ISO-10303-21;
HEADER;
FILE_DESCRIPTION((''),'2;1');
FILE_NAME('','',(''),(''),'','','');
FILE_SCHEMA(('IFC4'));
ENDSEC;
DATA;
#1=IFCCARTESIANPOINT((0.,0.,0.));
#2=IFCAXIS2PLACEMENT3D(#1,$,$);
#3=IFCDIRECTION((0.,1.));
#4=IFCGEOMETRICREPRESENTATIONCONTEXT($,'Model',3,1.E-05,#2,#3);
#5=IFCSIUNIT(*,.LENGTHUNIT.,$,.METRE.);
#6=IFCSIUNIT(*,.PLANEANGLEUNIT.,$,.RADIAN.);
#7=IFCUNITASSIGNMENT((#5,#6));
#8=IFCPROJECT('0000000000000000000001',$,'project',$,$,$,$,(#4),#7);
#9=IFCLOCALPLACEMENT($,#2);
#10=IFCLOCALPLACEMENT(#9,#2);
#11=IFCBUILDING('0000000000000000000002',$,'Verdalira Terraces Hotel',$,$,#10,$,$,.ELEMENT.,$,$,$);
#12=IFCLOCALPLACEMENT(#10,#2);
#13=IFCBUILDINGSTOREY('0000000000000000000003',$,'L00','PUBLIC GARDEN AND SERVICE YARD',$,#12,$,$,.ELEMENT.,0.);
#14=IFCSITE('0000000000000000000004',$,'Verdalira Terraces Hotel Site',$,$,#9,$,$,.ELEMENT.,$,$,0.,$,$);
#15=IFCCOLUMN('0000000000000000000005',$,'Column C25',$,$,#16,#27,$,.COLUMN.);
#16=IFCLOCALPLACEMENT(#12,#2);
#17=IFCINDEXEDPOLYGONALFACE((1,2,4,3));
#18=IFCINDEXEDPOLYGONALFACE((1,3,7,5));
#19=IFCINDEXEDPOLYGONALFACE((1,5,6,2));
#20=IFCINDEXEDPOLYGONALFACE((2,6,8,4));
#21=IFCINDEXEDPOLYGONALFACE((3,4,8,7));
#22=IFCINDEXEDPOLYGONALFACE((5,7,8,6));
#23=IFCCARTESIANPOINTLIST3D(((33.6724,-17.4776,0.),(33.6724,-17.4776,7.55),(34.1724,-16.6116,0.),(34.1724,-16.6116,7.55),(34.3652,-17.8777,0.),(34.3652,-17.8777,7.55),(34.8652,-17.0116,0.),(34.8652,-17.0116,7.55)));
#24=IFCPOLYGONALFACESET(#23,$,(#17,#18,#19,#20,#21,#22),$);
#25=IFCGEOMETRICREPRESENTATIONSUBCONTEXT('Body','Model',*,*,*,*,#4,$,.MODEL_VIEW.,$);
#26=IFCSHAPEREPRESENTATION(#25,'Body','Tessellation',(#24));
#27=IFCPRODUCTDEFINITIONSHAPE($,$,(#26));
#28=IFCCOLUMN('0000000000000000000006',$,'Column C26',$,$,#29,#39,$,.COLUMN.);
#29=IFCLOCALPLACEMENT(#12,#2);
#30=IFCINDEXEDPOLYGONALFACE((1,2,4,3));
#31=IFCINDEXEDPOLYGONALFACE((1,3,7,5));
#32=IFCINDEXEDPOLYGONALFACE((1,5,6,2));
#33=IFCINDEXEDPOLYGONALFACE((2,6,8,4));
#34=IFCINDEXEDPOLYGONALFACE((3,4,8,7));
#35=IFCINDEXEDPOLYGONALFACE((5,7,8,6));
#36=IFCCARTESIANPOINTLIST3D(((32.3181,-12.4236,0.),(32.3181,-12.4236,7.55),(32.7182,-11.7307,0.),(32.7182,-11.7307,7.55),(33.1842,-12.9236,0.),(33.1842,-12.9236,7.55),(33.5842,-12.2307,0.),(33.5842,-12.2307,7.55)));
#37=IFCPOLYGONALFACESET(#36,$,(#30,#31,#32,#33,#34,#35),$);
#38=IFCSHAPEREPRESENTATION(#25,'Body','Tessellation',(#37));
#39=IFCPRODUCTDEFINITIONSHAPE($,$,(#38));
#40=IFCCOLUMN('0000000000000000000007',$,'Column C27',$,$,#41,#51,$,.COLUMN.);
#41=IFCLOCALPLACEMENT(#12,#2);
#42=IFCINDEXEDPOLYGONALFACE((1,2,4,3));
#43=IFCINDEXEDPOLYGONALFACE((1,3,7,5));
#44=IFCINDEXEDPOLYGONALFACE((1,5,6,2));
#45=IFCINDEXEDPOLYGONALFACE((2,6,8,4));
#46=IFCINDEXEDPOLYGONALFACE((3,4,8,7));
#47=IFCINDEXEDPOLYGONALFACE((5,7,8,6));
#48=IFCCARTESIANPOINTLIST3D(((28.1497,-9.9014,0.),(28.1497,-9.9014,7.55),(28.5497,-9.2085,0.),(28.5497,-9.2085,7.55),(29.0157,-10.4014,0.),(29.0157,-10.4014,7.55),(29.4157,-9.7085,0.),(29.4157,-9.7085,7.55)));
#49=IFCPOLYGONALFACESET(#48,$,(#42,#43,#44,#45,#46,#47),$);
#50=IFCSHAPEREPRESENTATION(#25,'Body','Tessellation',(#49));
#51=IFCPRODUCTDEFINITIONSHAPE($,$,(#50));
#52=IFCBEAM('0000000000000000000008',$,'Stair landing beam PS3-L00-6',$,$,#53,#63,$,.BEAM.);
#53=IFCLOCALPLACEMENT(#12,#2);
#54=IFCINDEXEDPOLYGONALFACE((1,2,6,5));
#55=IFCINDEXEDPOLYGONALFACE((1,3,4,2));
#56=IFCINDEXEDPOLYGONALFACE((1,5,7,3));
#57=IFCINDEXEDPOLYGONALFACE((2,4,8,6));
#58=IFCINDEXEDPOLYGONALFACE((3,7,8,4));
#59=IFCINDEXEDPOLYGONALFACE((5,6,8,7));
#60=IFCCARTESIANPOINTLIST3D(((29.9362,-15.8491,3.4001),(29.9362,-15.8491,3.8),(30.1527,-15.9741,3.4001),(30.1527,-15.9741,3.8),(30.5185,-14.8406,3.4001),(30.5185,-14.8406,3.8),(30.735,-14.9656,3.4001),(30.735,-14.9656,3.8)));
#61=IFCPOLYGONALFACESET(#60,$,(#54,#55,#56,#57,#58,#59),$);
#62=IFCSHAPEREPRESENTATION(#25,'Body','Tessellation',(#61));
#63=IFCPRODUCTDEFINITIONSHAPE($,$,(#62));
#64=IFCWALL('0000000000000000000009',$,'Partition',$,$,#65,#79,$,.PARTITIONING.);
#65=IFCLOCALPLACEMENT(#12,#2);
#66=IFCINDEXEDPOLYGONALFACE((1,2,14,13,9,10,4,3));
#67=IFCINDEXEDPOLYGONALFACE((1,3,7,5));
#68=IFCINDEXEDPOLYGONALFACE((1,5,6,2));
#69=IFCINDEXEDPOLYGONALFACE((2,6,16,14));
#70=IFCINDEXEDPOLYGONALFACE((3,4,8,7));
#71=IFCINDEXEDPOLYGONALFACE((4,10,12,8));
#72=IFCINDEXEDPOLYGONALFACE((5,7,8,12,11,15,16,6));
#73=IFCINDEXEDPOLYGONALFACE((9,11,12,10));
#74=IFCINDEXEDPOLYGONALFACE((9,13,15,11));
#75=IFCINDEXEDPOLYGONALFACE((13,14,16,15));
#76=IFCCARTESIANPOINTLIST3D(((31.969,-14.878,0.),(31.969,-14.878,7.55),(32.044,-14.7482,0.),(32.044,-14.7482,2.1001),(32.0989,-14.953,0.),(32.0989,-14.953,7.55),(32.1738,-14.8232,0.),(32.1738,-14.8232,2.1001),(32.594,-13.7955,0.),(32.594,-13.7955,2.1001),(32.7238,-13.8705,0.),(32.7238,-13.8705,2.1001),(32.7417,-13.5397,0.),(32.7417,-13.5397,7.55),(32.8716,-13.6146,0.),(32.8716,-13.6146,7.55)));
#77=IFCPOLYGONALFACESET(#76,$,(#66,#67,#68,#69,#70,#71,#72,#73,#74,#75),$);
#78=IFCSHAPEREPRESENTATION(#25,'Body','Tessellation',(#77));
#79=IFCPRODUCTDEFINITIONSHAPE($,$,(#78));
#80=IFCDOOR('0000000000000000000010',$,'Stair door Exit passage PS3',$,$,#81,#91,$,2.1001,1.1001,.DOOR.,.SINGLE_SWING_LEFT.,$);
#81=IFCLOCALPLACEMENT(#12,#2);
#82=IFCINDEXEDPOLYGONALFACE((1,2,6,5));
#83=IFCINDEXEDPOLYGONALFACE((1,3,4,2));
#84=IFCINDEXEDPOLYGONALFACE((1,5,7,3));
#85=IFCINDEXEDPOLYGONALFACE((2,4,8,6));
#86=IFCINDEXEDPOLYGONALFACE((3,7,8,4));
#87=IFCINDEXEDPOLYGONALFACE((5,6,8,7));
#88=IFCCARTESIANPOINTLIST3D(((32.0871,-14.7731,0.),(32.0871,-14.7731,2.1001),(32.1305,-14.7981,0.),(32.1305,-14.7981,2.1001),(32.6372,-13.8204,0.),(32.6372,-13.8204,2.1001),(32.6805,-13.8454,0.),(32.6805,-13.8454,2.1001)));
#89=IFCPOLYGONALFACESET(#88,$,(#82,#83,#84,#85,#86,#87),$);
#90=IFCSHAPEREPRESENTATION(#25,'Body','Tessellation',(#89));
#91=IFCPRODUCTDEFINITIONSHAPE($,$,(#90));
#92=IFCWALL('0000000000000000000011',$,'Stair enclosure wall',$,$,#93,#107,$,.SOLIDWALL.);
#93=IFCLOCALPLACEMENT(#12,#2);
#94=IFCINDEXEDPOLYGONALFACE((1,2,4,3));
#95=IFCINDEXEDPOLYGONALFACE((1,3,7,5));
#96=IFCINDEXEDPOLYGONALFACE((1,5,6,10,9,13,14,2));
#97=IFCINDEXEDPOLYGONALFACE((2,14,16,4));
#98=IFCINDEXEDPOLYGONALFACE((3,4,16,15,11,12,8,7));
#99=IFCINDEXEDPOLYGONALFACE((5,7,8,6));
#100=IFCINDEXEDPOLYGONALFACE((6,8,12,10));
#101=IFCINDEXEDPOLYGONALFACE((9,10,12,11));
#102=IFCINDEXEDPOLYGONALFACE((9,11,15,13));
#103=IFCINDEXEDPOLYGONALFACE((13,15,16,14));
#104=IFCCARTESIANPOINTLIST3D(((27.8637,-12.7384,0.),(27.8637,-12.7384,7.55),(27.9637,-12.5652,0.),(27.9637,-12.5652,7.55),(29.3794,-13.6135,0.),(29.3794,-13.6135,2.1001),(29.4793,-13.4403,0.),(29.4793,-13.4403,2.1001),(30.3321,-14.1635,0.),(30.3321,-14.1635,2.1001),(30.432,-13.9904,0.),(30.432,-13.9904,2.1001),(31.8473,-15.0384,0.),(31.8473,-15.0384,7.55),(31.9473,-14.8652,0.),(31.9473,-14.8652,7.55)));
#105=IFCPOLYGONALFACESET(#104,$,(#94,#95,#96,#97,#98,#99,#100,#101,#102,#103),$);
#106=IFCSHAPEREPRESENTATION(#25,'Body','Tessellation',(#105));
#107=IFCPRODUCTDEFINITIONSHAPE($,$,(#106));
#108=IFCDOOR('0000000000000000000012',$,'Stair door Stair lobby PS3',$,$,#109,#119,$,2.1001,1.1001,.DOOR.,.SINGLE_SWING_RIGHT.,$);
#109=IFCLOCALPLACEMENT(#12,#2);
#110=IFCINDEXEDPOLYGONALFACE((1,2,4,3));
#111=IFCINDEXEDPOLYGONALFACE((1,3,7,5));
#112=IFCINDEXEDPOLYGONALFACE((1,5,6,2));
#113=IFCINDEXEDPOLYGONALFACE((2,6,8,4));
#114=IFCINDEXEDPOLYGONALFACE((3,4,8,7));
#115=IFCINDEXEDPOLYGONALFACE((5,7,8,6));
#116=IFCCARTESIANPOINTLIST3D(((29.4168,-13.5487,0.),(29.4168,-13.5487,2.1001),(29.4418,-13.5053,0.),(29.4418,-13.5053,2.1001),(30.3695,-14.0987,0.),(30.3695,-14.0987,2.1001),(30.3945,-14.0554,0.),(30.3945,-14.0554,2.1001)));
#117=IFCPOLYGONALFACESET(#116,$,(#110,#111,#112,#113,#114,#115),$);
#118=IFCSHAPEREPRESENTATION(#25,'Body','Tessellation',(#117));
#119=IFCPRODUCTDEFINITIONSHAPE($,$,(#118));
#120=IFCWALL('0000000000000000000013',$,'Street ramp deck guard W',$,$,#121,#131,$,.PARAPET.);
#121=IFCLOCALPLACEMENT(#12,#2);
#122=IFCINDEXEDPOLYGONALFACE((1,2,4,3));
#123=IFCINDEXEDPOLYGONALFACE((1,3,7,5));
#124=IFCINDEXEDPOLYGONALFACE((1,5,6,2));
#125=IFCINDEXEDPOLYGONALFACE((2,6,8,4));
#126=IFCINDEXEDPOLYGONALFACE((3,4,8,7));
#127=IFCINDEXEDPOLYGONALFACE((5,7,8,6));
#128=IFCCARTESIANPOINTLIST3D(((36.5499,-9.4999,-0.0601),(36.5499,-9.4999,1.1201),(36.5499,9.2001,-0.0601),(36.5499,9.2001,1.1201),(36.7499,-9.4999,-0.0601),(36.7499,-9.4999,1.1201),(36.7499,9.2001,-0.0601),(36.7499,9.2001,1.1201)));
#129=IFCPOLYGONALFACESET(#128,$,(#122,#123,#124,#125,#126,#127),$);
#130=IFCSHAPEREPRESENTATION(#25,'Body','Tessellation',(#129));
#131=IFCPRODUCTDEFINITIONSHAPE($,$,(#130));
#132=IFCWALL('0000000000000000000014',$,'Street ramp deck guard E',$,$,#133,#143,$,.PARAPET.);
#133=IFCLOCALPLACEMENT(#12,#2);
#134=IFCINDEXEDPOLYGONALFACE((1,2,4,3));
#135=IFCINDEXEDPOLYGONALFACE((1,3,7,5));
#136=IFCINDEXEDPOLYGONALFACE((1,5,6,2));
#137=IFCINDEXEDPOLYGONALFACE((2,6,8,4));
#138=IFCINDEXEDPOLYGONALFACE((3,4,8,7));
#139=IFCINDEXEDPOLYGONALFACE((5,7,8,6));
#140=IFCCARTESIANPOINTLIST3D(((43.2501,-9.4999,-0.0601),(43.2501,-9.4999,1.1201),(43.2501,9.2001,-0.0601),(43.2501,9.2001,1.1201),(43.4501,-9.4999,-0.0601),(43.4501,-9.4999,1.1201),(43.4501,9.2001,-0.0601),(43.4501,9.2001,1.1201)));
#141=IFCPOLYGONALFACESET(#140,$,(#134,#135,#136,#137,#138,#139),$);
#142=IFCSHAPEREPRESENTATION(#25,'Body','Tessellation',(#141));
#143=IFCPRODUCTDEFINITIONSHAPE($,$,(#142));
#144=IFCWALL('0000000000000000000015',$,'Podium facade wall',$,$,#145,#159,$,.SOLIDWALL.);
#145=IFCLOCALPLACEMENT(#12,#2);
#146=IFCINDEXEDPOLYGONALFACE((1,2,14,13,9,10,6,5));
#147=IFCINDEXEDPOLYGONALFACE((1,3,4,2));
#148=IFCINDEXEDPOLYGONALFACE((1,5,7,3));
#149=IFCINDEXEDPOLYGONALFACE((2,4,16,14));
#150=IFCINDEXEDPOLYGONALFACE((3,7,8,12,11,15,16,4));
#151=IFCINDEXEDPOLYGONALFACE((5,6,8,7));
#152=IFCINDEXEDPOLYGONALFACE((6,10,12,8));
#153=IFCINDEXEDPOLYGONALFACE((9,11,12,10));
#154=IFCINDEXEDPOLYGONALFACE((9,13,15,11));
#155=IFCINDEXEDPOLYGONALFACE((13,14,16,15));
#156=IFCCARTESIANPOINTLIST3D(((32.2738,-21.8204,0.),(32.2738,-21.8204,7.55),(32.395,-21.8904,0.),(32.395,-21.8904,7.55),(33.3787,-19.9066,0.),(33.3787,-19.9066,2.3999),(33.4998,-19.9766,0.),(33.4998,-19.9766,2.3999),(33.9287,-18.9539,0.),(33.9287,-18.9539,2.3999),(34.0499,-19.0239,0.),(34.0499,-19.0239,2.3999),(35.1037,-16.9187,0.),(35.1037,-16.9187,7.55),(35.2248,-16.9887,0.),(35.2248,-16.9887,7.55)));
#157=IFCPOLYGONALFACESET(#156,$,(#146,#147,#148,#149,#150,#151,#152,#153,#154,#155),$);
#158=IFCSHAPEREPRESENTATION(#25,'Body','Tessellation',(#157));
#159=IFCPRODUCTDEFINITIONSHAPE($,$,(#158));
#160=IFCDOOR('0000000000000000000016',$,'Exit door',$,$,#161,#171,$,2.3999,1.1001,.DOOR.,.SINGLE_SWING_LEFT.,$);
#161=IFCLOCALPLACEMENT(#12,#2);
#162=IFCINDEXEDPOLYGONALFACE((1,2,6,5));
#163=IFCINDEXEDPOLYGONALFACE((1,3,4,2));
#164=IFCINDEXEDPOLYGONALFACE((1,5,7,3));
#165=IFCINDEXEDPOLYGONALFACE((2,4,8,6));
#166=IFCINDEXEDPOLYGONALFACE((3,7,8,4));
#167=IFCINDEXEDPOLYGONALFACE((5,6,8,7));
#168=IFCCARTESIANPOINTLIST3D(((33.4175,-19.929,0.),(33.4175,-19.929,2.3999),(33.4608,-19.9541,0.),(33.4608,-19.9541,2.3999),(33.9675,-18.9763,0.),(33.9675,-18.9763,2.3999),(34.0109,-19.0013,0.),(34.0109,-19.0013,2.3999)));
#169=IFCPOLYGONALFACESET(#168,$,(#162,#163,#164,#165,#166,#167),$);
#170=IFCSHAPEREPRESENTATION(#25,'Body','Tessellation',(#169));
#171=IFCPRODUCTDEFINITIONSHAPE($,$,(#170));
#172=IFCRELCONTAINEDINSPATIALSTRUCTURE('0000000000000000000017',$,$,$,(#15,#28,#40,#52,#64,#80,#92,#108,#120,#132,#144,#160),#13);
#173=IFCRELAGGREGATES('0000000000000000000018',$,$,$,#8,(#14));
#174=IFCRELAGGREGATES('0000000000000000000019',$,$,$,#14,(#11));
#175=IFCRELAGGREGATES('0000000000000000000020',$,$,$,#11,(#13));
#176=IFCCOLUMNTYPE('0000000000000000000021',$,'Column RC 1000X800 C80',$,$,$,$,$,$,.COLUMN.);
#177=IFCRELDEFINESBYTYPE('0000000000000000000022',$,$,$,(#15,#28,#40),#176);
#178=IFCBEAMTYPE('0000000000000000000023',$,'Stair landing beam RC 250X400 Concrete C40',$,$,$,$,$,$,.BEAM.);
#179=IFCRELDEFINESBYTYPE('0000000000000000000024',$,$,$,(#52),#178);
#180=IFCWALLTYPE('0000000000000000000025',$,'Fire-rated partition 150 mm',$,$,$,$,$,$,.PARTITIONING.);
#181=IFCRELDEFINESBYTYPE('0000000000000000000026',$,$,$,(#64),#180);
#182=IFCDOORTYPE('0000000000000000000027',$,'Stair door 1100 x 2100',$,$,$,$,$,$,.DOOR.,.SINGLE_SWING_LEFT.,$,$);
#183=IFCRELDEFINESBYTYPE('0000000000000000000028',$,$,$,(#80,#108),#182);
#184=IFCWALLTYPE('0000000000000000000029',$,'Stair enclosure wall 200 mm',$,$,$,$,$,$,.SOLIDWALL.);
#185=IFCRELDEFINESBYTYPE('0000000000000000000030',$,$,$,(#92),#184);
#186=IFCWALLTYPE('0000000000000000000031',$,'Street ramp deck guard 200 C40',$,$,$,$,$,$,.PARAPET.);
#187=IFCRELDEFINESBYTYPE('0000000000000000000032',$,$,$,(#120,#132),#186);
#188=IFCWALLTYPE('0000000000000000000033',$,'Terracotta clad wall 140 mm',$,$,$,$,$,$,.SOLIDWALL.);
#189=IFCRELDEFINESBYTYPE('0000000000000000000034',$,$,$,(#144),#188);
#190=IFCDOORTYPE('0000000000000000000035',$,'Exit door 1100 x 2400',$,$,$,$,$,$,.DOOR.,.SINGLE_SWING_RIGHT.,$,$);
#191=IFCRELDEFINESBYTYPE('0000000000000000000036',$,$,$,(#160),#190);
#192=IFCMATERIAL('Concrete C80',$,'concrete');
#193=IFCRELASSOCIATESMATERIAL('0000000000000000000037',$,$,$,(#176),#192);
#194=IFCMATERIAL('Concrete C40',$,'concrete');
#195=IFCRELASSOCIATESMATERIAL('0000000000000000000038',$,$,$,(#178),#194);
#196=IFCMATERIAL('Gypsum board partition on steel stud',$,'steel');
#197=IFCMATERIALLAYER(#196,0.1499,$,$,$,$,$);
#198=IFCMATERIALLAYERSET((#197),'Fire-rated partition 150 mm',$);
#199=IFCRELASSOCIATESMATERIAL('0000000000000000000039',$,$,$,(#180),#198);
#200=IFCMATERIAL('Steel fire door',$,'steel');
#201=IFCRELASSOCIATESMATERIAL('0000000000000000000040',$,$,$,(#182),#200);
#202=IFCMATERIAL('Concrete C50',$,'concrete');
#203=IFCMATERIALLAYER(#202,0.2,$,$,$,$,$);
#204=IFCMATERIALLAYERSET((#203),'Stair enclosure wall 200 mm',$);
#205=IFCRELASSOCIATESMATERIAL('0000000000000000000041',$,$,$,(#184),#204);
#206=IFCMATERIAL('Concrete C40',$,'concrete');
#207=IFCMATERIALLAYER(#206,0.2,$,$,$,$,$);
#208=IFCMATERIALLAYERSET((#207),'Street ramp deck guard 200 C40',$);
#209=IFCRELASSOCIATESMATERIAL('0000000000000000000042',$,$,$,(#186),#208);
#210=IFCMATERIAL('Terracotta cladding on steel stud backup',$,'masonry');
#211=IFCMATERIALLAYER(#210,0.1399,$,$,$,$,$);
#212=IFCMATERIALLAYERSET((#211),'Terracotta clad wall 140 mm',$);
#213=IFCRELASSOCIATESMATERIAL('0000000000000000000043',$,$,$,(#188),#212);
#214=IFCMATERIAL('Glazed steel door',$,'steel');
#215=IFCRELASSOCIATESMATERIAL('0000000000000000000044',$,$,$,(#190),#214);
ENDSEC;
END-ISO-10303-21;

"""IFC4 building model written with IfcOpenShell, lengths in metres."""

from ifc_helpers import new_model, si_unit, direction, frame, frame_2d, origin, origin_2d, place, context, subcontext, project, spatial, rectangle, extrude, material, layer, layer_set, material_profile, profile_set, type_object, element, fill, save


model = new_model("IFC4")

# Units and contexts
model_context = context("Model", 3, precision=1e-05, world=origin(), true_north=direction((0.0, 1.0)))
body_context = subcontext(model_context, "Body", "Model", "MODEL_VIEW")
ifc_project = project(units=[si_unit("LENGTHUNIT", "METRE"), si_unit("PLANEANGLEUNIT", "RADIAN")], contexts=[model_context])

# Site, building, storey
site_placement = place(None, origin())
site = spatial("IfcSite", under=ifc_project, at=site_placement, Name="Verdalira Terraces Hotel Site", CompositionType="ELEMENT", RefElevation=0.0)
building_placement = place(site_placement, origin())
building = spatial("IfcBuilding", under=site, at=building_placement, Name="Verdalira Terraces Hotel", CompositionType="ELEMENT")
storey_placement = place(building_placement, origin())
storey = spatial("IfcBuildingStorey", under=building, at=storey_placement, Name="L00", Description="PUBLIC GARDEN AND SERVICE YARD", CompositionType="ELEMENT", Elevation=0.0)

# Columns
ifc_material_1 = material(Name="Concrete C80", Category="concrete")
ifc_material_profile_1 = material_profile(ifc_material_1, rectangle(XDim=1.0, YDim=0.8, at=origin_2d()), Name="RC 1000X800")
ifc_profile_set_1 = profile_set([ifc_material_profile_1], Name="Concrete C80")
column_type = type_object("IfcColumnType", Name="Column RC 1000X800 C80", PredefinedType="COLUMN", material=ifc_profile_set_1)
for number, where, z_axis, x_axis, name in (
    (1, (34.2688, -17.2446, 0.0), (0.0, 0.0, 1.0), (0.5, 0.866025, 0.0), "Column C25"),
    (2, (32.9512, -12.3271, 0.0), (0.0, 0.0, 1.0), (-0.866025, 0.5, 0.0), "Column C26"),
    (3, (28.7827, -9.8049, 0.0), (0.0, 0.0, 1.0), (-0.866025, 0.5, 0.0), "Column C27"),
):
    element("IfcColumn", number, at=place(storey_placement, frame(where, z_axis=z_axis, x_axis=x_axis)), inside=storey, type_object=column_type, Name=name, PredefinedType="COLUMN", context=body_context, shape_type="SweptSolid", body=[
        extrude(rectangle(XDim=1.0, YDim=0.8, at=origin_2d()), origin(), (0.0, 0.0, 1.0), 7.55),
    ])

# Beam
ifc_material_2 = material(Name="Concrete C40", Category="concrete")
ifc_material_profile_2 = material_profile(ifc_material_2, rectangle(XDim=0.25, YDim=0.3999, at=origin_2d()), Name="RC 250X400")
ifc_profile_set_2 = profile_set([ifc_material_profile_2], Name="Concrete C40")
beam_type = type_object("IfcBeamType", Name="Stair landing beam RC 250X400 Concrete C40", PredefinedType="BEAM", material=ifc_profile_set_2)
beam_placement = place(storey_placement, frame((30.6267, -14.9031, 3.6001), z_axis=(-0.499995, -0.866028, 0.0), x_axis=(0.866028, -0.499995, 0.0)))
element("IfcBeam", 4, at=beam_placement, inside=storey, type_object=beam_type, Name="Stair landing beam PS3-L00-6", PredefinedType="BEAM", context=body_context, shape_type="SweptSolid", body=[
    extrude(rectangle(XDim=0.25, YDim=0.3999, at=origin_2d()), origin(), (0.0, 0.0, 1.0), 1.1646),
])

# Walls, openings, doors
ifc_material_3 = material(Name="Gypsum board partition on steel stud", Category="steel")
ifc_layer_1 = layer(ifc_material_3, 0.1499)
ifc_layer_set_1 = layer_set([ifc_layer_1], Name="Fire-rated partition 150 mm")
wall_type_1 = type_object("IfcWallType", Name="Fire-rated partition 150 mm", PredefinedType="PARTITIONING", material=ifc_layer_set_1)
wall_1_placement = place(storey_placement, frame((32.8066, -13.5771, 0.0), z_axis=(0.0, 0.0, 1.0), x_axis=(-0.499996, -0.866028, 0.0)))
wall_1 = element("IfcWall", 5, at=wall_1_placement, inside=storey, type_object=wall_type_1, Name="Partition", PredefinedType="PARTITIONING", context=body_context, shape_type="SweptSolid", body=[
    extrude(rectangle(XDim=1.5454, YDim=0.1499, at=frame_2d((0.7727, 0.0))), origin(), (0.0, 0.0, 1.0), 7.55),
])
opening_1_placement = place(wall_1_placement, frame((0.2954, 0.0, 0.0)))
opening_1 = element("IfcOpeningElement", 6, at=opening_1_placement, cuts=wall_1, PredefinedType="OPENING", context=body_context, shape_type="SweptSolid", body=[
    extrude(rectangle(XDim=1.1001, YDim=2.1001, at=frame_2d((0.55, 1.05))), frame((0.0, 0.085, 0.0), z_axis=(0.0, -1.0, 0.0), x_axis=(1.0, 0.0, 0.0)), (0.0, 0.0, 1.0), 0.1699),
])
ifc_material_4 = material(Name="Steel fire door", Category="steel")
door_type_1 = type_object("IfcDoorType", Name="Stair door 1100 x 2100", OperationType="SINGLE_SWING_LEFT", PredefinedType="DOOR", material=ifc_material_4)
door_1_placement = place(opening_1_placement, origin())
door_1 = element("IfcDoor", 7, at=door_1_placement, inside=storey, type_object=door_type_1, Name="Stair door Exit passage PS3", OperationType="SINGLE_SWING_LEFT", OverallHeight=2.1001, OverallWidth=1.1001, PredefinedType="DOOR", context=body_context, shape_type="SweptSolid", body=[
    extrude(rectangle(XDim=1.1001, YDim=2.1001, at=frame_2d((0.55, 1.05))), frame((0.0, 0.0249, 0.0), z_axis=(0.0, -1.0, 0.0), x_axis=(1.0, 0.0, 0.0)), (0.0, 0.0, 1.0), 0.05),
])
fill(opening_1, door_1)
ifc_material_5 = material(Name="Concrete C50", Category="concrete")
ifc_layer_2 = layer(ifc_material_5, 0.2)
ifc_layer_set_2 = layer_set([ifc_layer_2], Name="Stair enclosure wall 200 mm")
wall_type_2 = type_object("IfcWallType", Name="Stair enclosure wall 200 mm", PredefinedType="SOLIDWALL", material=ifc_layer_set_2)
wall_2_placement = place(storey_placement, frame((27.9138, -12.6519, 0.0), z_axis=(0.0, 0.0, 1.0), x_axis=(0.866017, -0.500015, 0.0)))
wall_2 = element("IfcWall", 8, at=wall_2_placement, inside=storey, type_object=wall_type_2, Name="Stair enclosure wall", PredefinedType="SOLIDWALL", context=body_context, shape_type="SweptSolid", body=[
    extrude(rectangle(XDim=4.5999, YDim=0.2, at=frame_2d((2.2998, 0.0))), origin(), (0.0, 0.0, 1.0), 7.55),
])
opening_2_placement = place(wall_2_placement, frame((1.75, 0.0, 0.0)))
opening_2 = element("IfcOpeningElement", 9, at=opening_2_placement, cuts=wall_2, PredefinedType="OPENING", context=body_context, shape_type="SweptSolid", body=[
    extrude(rectangle(XDim=1.1001, YDim=2.1001, at=frame_2d((0.55, 1.05))), frame((0.0, 0.1099, 0.0), z_axis=(0.0, -1.0, 0.0), x_axis=(1.0, 0.0, 0.0)), (0.0, 0.0, 1.0), 0.22),
])
door_2_placement = place(opening_2_placement, origin())
door_2 = element("IfcDoor", 10, at=door_2_placement, inside=storey, type_object=door_type_1, Name="Stair door Stair lobby PS3", OperationType="SINGLE_SWING_RIGHT", OverallHeight=2.1001, OverallWidth=1.1001, PredefinedType="DOOR", context=body_context, shape_type="SweptSolid", body=[
    extrude(rectangle(XDim=1.1001, YDim=2.1001, at=frame_2d((0.55, 1.05))), frame((0.0, 0.0249, 0.0), z_axis=(0.0, -1.0, 0.0), x_axis=(1.0, 0.0, 0.0)), (0.0, 0.0, 1.0), 0.05),
])
fill(opening_2, door_2)

# Walls
ifc_material_6 = material(Name="Concrete C40", Category="concrete")
ifc_layer_3 = layer(ifc_material_6, 0.2)
ifc_layer_set_3 = layer_set([ifc_layer_3], Name="Street ramp deck guard 200 C40")
wall_type_3 = type_object("IfcWallType", Name="Street ramp deck guard 200 C40", PredefinedType="PARAPET", material=ifc_layer_set_3)
for number, where, z_axis, x_axis, name in (
    (11, (36.6499, -9.5, -0.0601), (0.0, 0.0, 1.0), (0.0, 1.0, 0.0), "Street ramp deck guard W"),
    (12, (43.3501, -9.5, -0.0601), (0.0, 0.0, 1.0), (0.0, 1.0, 0.0), "Street ramp deck guard E"),
):
    element("IfcWall", number, at=place(storey_placement, frame(where, z_axis=z_axis, x_axis=x_axis)), inside=storey, type_object=wall_type_3, Name=name, PredefinedType="PARAPET", context=body_context, shape_type="SweptSolid", body=[
        extrude(rectangle(XDim=18.7, YDim=0.2, at=frame_2d((9.3501, 0.0))), origin(), (0.0, 0.0, 1.0), 1.1802),
    ])

# Wall, opening, door
ifc_material_7 = material(Name="Terracotta cladding on steel stud backup", Category="masonry")
ifc_layer_4 = layer(ifc_material_7, 0.1399)
ifc_layer_set_4 = layer_set([ifc_layer_4], Name="Terracotta clad wall 140 mm")
wall_type_4 = type_object("IfcWallType", Name="Terracotta clad wall 140 mm", PredefinedType="SOLIDWALL", material=ifc_layer_set_4)
wall_3_placement = place(storey_placement, frame((35.1643, -16.9536, 0.0), z_axis=(0.0, 0.0, 1.0), x_axis=(-0.499985, -0.866034, 0.0)))
wall_3 = element("IfcWall", 13, at=wall_3_placement, inside=storey, type_object=wall_type_4, Name="Podium facade wall", PredefinedType="SOLIDWALL", context=body_context, shape_type="SweptSolid", body=[
    extrude(rectangle(XDim=5.6599, YDim=0.1399, at=frame_2d((2.8301, 0.0))), origin(), (0.0, 0.0, 1.0), 7.55),
])
opening_3_placement = place(wall_3_placement, frame((2.3501, 0.0, 0.0)))
opening_3 = element("IfcOpeningElement", 14, at=opening_3_placement, cuts=wall_3, PredefinedType="OPENING", context=body_context, shape_type="SweptSolid", body=[
    extrude(rectangle(XDim=1.1001, YDim=2.3999, at=frame_2d((0.55, 1.2))), frame((0.0, 0.0798, 0.0), z_axis=(0.0, -1.0, 0.0), x_axis=(1.0, 0.0, 0.0)), (0.0, 0.0, 1.0), 0.1599),
])
ifc_material_8 = material(Name="Glazed steel door", Category="steel")
door_type_2 = type_object("IfcDoorType", Name="Exit door 1100 x 2400", OperationType="SINGLE_SWING_RIGHT", PredefinedType="DOOR", material=ifc_material_8)
door_3_placement = place(opening_3_placement, origin())
door_3 = element("IfcDoor", 15, at=door_3_placement, inside=storey, type_object=door_type_2, Name="Exit door", OperationType="SINGLE_SWING_LEFT", OverallHeight=2.3999, OverallWidth=1.1001, PredefinedType="DOOR", context=body_context, shape_type="SweptSolid", body=[
    extrude(rectangle(XDim=1.1001, YDim=2.3999, at=frame_2d((0.55, 1.2))), frame((0.0, 0.0249, 0.0), z_axis=(0.0, -1.0, 0.0), x_axis=(1.0, 0.0, 0.0)), (0.0, 0.0, 1.0), 0.05),
])
fill(opening_3, door_3)

save(model, "model.ifc")
